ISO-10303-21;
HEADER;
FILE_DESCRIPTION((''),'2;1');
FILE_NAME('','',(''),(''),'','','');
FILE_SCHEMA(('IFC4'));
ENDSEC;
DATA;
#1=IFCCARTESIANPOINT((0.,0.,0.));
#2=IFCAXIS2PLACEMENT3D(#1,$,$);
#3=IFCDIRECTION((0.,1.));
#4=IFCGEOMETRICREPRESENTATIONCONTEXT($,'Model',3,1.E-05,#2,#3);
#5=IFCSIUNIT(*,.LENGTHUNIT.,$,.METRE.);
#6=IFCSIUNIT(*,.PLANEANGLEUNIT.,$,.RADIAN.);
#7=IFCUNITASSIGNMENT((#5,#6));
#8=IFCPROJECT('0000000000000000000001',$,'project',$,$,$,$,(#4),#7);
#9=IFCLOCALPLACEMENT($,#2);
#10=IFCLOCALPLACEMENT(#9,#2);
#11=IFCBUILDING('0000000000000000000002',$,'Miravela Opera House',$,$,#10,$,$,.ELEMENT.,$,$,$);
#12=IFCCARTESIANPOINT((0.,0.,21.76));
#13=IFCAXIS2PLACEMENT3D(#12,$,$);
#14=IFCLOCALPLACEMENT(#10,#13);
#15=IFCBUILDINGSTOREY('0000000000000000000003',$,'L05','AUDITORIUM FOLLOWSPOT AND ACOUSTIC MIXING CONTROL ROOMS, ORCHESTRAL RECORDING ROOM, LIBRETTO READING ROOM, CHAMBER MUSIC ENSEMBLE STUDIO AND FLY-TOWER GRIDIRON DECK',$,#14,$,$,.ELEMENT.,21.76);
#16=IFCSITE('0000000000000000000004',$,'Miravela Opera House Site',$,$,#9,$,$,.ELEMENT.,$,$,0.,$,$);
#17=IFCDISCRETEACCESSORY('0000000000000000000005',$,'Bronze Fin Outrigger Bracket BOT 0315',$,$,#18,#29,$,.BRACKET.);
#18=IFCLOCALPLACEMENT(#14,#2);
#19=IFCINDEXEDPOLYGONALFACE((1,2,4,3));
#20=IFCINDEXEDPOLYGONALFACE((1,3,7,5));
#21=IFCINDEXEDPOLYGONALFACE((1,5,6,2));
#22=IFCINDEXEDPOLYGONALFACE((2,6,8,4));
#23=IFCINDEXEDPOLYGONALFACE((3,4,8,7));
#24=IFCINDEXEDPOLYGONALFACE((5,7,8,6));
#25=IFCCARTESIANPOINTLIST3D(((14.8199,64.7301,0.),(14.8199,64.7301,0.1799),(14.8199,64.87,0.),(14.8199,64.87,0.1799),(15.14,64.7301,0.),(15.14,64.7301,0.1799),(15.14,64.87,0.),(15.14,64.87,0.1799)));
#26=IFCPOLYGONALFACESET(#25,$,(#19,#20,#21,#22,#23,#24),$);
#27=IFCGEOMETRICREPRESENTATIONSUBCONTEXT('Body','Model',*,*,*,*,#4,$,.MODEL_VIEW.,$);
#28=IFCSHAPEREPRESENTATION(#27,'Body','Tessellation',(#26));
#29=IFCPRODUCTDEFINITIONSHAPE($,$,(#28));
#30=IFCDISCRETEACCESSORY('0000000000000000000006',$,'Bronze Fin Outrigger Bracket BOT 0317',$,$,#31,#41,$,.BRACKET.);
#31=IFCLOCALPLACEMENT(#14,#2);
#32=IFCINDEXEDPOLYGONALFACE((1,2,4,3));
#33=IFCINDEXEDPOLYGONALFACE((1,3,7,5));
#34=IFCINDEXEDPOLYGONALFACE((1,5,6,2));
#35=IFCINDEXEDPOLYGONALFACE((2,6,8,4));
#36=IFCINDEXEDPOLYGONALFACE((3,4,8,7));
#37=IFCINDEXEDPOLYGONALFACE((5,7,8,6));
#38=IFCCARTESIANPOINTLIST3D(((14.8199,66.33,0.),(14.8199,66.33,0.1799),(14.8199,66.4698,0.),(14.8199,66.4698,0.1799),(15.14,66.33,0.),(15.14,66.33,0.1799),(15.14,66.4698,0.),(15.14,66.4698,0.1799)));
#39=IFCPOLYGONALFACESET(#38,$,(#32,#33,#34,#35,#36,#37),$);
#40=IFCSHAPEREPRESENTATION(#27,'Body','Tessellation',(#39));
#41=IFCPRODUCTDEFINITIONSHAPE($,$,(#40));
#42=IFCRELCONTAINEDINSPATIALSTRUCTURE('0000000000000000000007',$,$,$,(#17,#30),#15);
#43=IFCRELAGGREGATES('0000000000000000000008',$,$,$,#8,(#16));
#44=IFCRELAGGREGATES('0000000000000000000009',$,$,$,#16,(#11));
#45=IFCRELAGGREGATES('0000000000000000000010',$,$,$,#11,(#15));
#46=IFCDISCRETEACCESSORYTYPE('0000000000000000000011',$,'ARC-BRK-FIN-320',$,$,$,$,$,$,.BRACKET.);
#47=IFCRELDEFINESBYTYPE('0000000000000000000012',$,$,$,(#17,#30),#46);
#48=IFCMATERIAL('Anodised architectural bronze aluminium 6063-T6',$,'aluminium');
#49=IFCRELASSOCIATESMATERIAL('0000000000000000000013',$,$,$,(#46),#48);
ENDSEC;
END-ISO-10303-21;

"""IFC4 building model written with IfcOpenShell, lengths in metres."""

from ifc_helpers import new_model, si_unit, direction, frame, origin, origin_2d, place, context, subcontext, project, spatial, rectangle, extrude, material, type_object, element, save


model = new_model("IFC4")

# Units and contexts
model_context = context("Model", 3, precision=1e-05, world=origin(), true_north=direction((0.0, 1.0)))
body_context = subcontext(model_context, "Body", "Model", "MODEL_VIEW")
ifc_project = project(units=[si_unit("LENGTHUNIT", "METRE"), si_unit("PLANEANGLEUNIT", "RADIAN")], contexts=[model_context])

# Site, building, storey
site_placement = place(None, origin())
site = spatial("IfcSite", under=ifc_project, at=site_placement, Name="Miravela Opera House Site", CompositionType="ELEMENT", RefElevation=0.0)
building_placement = place(site_placement, origin())
building = spatial("IfcBuilding", under=site, at=building_placement, Name="Miravela Opera House", CompositionType="ELEMENT")
storey_placement = place(building_placement, frame((0.0, 0.0, 21.76)))
storey = spatial("IfcBuildingStorey", under=building, at=storey_placement, Name="L05", Description="AUDITORIUM FOLLOWSPOT AND ACOUSTIC MIXING CONTROL ROOMS, ORCHESTRAL RECORDING ROOM, LIBRETTO READING ROOM, CHAMBER MUSIC ENSEMBLE STUDIO AND FLY-TOWER GRIDIRON DECK", CompositionType="ELEMENT", Elevation=21.76)

# Shared definitions
ifc_material_1 = material(Name="Anodised architectural bronze aluminium 6063-T6", Category="aluminium")

# Discrete accessories
discrete_accessory_type = type_object("IfcDiscreteAccessoryType", Name="ARC-BRK-FIN-320", PredefinedType="BRACKET", material=ifc_material_1)
for number, where, z_axis, x_axis, name in (
    (1, (14.98, 64.8, 0.0), (0.0, 0.0, 1.0), (1.0, 0.0, 0.0), "Bronze Fin Outrigger Bracket BOT 0315"),
    (2, (14.98, 66.3999, 0.0), (0.0, 0.0, 1.0), (1.0, 0.0, 0.0), "Bronze Fin Outrigger Bracket BOT 0317"),
):
    element("IfcDiscreteAccessory", number, at=place(storey_placement, frame(where, z_axis=z_axis, x_axis=x_axis)), inside=storey, type_object=discrete_accessory_type, Name=name, PredefinedType="BRACKET", context=body_context, shape_type="SweptSolid", body=[
        extrude(rectangle(XDim=0.3201, YDim=0.1399, at=origin_2d()), origin(), (0.0, 0.0, 1.0), 0.1799),
    ])

save(model, "model.ifc")
